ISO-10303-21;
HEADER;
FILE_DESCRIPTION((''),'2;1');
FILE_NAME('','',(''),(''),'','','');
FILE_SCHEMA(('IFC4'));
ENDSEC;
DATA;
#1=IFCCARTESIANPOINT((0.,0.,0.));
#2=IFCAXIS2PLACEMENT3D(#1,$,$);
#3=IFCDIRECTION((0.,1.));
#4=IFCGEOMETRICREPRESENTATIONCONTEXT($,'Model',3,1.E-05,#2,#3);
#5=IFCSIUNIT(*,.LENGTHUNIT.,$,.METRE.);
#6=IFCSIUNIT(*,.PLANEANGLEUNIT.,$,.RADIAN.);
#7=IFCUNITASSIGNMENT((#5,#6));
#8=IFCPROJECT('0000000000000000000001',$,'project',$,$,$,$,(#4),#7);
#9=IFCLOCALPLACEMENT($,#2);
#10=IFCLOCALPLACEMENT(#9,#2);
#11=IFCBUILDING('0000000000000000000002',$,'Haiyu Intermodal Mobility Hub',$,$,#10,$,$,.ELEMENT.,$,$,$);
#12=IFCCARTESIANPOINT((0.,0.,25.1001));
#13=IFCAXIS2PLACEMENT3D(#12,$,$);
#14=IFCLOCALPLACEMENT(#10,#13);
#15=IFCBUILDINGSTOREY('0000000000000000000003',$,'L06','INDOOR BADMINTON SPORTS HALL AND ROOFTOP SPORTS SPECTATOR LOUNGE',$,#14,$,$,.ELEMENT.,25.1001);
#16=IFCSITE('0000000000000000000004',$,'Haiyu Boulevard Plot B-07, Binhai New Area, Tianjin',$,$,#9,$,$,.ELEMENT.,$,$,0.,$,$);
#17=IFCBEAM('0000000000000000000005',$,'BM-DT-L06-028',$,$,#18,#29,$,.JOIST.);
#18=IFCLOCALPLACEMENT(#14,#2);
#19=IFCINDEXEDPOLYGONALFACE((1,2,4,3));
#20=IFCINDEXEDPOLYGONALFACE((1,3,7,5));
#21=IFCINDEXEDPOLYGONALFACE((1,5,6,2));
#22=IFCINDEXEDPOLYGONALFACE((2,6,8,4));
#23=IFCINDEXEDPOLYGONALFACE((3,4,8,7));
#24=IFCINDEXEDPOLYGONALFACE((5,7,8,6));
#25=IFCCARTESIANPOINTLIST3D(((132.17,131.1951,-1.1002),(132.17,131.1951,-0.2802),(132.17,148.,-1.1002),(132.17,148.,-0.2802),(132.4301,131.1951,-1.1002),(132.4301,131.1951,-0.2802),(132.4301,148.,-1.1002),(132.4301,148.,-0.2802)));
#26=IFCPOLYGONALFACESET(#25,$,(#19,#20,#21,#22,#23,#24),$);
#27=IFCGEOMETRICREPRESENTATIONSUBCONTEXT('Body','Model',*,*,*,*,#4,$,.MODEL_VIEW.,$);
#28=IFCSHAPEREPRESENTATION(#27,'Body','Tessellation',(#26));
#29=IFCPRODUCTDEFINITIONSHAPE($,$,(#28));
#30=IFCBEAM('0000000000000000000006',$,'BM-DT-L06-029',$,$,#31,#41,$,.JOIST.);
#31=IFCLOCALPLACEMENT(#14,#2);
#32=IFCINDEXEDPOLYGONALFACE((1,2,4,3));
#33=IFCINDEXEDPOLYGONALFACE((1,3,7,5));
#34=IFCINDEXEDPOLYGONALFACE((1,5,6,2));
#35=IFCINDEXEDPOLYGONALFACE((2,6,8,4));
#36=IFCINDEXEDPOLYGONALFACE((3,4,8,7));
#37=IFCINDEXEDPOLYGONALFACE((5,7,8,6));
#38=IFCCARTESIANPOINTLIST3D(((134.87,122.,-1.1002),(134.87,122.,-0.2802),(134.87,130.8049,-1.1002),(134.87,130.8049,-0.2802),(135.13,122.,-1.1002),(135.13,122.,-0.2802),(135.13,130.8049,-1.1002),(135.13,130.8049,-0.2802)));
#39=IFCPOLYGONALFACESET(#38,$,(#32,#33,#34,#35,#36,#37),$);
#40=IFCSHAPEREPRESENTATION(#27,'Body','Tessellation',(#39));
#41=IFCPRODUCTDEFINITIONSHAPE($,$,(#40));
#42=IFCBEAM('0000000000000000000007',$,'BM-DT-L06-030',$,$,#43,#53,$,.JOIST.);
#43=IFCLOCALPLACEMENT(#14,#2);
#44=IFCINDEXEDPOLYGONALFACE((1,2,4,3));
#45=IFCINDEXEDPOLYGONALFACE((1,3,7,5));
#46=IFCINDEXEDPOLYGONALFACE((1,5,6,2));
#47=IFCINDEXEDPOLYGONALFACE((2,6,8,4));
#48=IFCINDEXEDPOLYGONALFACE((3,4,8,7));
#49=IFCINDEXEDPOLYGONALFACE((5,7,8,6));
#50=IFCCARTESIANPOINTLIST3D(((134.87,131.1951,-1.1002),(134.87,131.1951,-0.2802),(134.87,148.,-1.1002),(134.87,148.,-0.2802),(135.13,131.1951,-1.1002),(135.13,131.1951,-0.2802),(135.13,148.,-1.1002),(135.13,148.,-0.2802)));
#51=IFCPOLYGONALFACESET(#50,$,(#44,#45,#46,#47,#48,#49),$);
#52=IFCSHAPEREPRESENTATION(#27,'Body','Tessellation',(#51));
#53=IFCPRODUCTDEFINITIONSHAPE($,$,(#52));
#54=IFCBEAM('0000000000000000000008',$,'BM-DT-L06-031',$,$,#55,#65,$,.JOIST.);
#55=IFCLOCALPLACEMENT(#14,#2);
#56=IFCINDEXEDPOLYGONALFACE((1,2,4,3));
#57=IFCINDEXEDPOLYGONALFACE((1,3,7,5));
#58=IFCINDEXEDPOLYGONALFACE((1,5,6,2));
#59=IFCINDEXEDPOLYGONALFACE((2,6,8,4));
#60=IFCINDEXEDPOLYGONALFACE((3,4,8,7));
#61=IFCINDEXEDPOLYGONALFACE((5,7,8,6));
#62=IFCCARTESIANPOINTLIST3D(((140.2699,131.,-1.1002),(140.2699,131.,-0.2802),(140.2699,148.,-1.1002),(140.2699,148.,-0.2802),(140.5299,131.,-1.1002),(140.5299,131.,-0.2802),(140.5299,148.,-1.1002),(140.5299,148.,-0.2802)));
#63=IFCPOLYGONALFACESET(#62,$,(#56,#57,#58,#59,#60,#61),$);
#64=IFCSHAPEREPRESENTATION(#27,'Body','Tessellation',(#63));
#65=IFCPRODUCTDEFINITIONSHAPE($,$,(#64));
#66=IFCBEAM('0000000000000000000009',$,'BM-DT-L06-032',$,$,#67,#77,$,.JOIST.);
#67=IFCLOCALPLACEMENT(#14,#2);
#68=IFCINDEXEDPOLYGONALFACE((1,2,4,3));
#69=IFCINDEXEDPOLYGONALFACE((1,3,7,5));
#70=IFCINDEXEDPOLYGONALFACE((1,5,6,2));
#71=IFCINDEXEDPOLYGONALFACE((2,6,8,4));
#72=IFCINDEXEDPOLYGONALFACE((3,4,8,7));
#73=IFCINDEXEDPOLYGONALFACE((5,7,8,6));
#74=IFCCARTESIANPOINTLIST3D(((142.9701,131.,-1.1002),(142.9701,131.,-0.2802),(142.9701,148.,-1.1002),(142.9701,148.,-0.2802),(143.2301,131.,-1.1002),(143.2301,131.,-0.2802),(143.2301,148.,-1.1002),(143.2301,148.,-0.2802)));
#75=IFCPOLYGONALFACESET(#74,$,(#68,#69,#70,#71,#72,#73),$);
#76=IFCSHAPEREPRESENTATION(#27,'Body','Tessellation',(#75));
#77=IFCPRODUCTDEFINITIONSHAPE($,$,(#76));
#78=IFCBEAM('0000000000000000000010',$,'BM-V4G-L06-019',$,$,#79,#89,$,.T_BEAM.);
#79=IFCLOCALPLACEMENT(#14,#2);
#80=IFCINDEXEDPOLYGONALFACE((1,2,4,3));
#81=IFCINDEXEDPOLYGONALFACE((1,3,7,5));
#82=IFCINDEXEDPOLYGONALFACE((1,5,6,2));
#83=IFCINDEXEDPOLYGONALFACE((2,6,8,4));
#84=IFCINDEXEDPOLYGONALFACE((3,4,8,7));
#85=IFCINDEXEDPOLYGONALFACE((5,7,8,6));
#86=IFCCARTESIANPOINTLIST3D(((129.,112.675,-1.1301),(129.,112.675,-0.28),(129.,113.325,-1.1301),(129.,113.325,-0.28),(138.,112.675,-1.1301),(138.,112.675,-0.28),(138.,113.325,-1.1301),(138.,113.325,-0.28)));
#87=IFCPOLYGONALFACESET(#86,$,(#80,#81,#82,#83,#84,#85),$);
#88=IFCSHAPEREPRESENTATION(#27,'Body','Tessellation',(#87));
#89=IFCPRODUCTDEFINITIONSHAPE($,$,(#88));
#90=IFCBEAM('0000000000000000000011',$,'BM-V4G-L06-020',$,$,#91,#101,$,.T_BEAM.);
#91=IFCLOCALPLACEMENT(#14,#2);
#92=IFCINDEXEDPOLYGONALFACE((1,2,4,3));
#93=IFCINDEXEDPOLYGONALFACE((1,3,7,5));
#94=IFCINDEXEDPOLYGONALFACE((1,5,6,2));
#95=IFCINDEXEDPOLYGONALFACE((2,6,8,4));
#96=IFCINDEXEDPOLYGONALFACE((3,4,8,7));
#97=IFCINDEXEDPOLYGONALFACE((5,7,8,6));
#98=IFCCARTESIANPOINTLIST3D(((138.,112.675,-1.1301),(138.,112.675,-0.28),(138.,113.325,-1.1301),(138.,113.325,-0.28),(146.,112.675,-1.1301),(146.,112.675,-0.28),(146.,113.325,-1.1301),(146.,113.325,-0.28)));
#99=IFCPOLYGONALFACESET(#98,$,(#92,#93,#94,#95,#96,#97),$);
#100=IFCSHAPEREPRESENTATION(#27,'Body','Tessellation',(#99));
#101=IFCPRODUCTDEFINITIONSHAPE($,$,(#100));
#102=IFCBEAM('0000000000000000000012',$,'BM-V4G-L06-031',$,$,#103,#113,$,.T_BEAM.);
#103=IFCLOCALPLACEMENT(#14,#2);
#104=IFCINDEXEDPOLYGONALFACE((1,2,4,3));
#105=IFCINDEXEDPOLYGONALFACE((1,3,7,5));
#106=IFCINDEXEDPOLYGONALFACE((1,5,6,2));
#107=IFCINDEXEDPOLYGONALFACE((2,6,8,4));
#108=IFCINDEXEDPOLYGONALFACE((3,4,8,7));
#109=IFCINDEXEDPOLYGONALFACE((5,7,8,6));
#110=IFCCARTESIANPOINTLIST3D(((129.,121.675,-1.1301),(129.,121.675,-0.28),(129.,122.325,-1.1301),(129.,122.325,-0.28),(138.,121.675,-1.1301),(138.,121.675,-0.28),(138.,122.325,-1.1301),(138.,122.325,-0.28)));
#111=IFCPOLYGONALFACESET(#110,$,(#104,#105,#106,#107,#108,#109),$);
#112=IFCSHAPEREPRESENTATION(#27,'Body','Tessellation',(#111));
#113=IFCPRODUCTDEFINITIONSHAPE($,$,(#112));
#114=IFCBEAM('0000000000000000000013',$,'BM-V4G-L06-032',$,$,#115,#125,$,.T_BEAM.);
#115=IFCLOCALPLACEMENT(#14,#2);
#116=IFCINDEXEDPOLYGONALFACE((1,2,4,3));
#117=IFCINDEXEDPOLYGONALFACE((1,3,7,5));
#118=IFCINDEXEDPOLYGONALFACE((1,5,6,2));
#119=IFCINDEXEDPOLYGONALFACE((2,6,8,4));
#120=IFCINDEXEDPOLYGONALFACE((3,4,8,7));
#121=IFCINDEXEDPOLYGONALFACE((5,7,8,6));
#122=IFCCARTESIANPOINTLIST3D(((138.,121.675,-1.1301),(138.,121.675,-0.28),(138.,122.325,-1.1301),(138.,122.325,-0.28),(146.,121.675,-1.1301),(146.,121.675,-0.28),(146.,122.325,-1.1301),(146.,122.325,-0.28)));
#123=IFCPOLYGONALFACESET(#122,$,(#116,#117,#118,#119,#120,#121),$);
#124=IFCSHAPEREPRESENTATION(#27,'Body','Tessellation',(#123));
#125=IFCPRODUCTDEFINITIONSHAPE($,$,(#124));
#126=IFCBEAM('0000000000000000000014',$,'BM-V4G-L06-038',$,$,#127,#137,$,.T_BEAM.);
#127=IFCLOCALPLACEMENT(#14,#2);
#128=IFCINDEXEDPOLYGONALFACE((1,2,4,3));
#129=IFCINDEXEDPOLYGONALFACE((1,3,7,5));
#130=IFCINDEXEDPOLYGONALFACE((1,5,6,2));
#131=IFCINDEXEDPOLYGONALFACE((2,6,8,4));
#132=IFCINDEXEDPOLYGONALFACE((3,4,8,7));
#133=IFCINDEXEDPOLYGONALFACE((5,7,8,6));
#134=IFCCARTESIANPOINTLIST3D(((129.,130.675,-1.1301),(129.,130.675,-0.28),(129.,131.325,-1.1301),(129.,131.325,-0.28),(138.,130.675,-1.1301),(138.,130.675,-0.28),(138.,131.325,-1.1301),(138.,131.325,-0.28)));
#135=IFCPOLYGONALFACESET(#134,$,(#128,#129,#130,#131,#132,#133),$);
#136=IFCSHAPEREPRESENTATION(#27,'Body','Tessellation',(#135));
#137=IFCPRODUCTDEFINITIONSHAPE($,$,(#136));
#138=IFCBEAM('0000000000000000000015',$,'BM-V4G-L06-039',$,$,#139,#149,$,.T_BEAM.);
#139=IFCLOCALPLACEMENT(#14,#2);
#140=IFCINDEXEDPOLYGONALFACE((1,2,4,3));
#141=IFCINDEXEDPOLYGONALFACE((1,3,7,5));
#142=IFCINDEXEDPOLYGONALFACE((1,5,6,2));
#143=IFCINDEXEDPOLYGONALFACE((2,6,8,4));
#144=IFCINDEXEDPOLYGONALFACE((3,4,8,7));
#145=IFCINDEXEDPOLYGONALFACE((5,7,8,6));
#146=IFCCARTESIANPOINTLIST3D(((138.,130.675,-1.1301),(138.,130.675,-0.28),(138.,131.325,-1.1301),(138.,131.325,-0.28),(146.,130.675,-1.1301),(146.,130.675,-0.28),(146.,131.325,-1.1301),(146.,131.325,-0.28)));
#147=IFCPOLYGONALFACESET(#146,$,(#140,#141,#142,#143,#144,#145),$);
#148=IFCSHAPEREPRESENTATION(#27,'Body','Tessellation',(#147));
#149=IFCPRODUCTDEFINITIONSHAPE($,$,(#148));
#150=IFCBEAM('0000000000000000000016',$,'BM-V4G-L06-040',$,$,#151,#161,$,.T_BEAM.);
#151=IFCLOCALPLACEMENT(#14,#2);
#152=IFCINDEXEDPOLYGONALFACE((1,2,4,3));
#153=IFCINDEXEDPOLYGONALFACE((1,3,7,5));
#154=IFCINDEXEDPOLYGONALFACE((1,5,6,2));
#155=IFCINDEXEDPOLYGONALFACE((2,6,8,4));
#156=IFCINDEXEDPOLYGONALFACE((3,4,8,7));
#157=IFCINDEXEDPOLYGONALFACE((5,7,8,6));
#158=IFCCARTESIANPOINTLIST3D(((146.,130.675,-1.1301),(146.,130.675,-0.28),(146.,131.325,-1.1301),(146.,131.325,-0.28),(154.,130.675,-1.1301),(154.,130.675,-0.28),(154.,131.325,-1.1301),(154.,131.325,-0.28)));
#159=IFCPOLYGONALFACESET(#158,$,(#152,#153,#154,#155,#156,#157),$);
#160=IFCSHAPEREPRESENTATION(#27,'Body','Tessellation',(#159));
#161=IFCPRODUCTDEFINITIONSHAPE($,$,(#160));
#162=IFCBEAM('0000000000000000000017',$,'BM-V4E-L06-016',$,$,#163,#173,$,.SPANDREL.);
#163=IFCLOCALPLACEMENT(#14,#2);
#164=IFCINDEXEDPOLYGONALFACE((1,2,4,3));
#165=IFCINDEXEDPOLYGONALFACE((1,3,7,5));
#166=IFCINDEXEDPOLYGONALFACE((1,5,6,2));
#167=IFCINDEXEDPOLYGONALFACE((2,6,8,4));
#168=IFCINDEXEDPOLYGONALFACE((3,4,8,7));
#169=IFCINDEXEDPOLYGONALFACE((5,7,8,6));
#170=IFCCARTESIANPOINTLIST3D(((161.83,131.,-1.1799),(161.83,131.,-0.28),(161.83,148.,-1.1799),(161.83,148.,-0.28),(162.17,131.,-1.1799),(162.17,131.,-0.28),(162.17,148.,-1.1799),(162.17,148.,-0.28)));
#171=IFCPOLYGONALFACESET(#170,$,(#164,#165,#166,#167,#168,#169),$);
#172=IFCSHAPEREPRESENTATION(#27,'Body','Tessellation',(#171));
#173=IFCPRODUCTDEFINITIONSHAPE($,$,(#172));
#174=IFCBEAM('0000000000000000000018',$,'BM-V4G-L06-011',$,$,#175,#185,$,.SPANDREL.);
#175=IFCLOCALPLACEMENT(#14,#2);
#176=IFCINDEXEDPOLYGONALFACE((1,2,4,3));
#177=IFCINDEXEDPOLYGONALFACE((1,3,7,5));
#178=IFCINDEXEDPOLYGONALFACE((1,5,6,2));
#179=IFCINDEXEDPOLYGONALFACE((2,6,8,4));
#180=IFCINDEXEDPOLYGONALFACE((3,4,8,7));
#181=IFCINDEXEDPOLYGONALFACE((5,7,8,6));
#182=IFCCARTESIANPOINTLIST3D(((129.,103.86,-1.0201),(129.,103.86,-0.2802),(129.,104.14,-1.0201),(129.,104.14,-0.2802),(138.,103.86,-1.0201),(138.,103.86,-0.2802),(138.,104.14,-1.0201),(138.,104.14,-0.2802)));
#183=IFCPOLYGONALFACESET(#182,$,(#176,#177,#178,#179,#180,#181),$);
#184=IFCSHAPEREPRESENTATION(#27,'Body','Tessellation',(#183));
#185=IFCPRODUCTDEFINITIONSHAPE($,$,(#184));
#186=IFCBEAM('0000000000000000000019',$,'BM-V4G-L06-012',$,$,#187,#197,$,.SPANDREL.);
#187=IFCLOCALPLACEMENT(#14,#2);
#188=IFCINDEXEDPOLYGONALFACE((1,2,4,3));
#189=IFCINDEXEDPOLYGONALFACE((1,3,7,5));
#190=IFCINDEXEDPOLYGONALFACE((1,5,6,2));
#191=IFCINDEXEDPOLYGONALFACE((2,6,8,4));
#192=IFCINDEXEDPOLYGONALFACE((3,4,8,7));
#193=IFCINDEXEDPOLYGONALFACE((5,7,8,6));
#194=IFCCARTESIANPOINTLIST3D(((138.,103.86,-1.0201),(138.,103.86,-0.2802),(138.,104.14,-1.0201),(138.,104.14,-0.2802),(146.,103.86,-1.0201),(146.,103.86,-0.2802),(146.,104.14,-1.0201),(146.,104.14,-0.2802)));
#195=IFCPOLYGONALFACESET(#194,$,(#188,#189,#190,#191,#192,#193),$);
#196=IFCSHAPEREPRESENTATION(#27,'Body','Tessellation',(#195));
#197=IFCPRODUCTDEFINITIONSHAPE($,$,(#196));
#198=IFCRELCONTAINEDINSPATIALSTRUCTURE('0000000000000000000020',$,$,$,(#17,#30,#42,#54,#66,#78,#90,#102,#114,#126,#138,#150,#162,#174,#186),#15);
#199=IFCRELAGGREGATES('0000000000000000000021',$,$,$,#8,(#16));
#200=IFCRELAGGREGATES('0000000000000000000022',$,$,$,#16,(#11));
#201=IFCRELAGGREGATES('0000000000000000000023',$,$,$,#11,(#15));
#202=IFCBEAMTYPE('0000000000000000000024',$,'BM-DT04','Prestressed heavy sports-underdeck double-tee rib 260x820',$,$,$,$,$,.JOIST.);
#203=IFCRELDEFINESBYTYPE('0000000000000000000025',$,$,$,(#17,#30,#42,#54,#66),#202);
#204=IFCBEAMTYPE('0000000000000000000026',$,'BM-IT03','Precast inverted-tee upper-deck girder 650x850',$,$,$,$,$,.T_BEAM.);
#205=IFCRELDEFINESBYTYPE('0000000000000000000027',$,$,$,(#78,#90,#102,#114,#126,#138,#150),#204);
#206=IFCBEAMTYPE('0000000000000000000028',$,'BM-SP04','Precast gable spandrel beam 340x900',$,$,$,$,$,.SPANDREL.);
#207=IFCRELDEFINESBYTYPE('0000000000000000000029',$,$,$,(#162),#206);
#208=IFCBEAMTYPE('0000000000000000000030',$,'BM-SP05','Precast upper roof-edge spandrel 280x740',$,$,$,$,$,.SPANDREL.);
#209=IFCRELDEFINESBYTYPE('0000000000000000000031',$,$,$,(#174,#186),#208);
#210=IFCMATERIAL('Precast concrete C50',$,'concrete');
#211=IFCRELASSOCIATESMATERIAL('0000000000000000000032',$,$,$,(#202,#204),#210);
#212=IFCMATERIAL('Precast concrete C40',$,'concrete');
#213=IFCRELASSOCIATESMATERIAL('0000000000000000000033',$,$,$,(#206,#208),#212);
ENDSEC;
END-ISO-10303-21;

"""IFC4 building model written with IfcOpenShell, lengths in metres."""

from ifc_helpers import new_model, si_unit, direction, frame, origin, origin_2d, place, context, subcontext, project, spatial, rectangle, extrude, material, material_profile, profile_set, type_object, element, save


model = new_model("IFC4")

# Units and contexts
model_context = context("Model", 3, precision=1e-05, world=origin(), true_north=direction((0.0, 1.0)))
body_context = subcontext(model_context, "Body", "Model", "MODEL_VIEW")
ifc_project = project(units=[si_unit("LENGTHUNIT", "METRE"), si_unit("PLANEANGLEUNIT", "RADIAN")], contexts=[model_context])

# Site, building, storey
site_placement = place(None, origin())
site = spatial("IfcSite", under=ifc_project, at=site_placement, Name="Haiyu Boulevard Plot B-07, Binhai New Area, Tianjin", CompositionType="ELEMENT", RefElevation=0.0)
building_placement = place(site_placement, origin())
building = spatial("IfcBuilding", under=site, at=building_placement, Name="Haiyu Intermodal Mobility Hub", CompositionType="ELEMENT")
storey_placement = place(building_placement, frame((0.0, 0.0, 25.1001)))
storey = spatial("IfcBuildingStorey", under=building, at=storey_placement, Name="L06", Description="INDOOR BADMINTON SPORTS HALL AND ROOFTOP SPORTS SPECTATOR LOUNGE", CompositionType="ELEMENT", Elevation=25.1001)

# Beams
ifc_material_1 = material(Name="Precast concrete C50", Category="concrete")
ifc_material_profile_1 = material_profile(ifc_material_1, rectangle(XDim=0.26, YDim=0.8201, at=origin_2d()), Name="PC260x820")
ifc_profile_set_1 = profile_set([ifc_material_profile_1], Name="Precast concrete C50")
beam_type_1 = type_object("IfcBeamType", Name="BM-DT04", Description="Prestressed heavy sports-underdeck double-tee rib 260x820", PredefinedType="JOIST", material=ifc_profile_set_1)
beam_1_placement = place(storey_placement, frame((132.3, 131.1951, -0.6902), z_axis=(0.0, 1.0, 0.0), x_axis=(-1.0, 0.0, 0.0)))
element("IfcBeam", 1, at=beam_1_placement, inside=storey, type_object=beam_type_1, Name="BM-DT-L06-028", PredefinedType="JOIST", context=body_context, shape_type="SweptSolid", body=[
    extrude(rectangle(XDim=0.26, YDim=0.8201, at=origin_2d()), origin(), (0.0, 0.0, 1.0), 16.8049),
])
beam_2_placement = place(storey_placement, frame((135.0, 122.0, -0.6902), z_axis=(0.0, 1.0, 0.0), x_axis=(-1.0, 0.0, 0.0)))
element("IfcBeam", 2, at=beam_2_placement, inside=storey, type_object=beam_type_1, Name="BM-DT-L06-029", PredefinedType="JOIST", context=body_context, shape_type="SweptSolid", body=[
    extrude(rectangle(XDim=0.26, YDim=0.8201, at=origin_2d()), origin(), (0.0, 0.0, 1.0), 8.8049),
])
beam_3_placement = place(storey_placement, frame((135.0, 131.1951, -0.6902), z_axis=(0.0, 1.0, 0.0), x_axis=(-1.0, 0.0, 0.0)))
element("IfcBeam", 3, at=beam_3_placement, inside=storey, type_object=beam_type_1, Name="BM-DT-L06-030", PredefinedType="JOIST", context=body_context, shape_type="SweptSolid", body=[
    extrude(rectangle(XDim=0.26, YDim=0.8201, at=origin_2d()), origin(), (0.0, 0.0, 1.0), 16.8049),
])
for number, where, z_axis, x_axis, name in (
    (4, (140.3999, 131.0, -0.6902), (0.0, 1.0, 0.0), (-1.0, 0.0, 0.0), "BM-DT-L06-031"),
    (5, (143.1001, 131.0, -0.6902), (0.0, 1.0, 0.0), (-1.0, 0.0, 0.0), "BM-DT-L06-032"),
):
    element("IfcBeam", number, at=place(storey_placement, frame(where, z_axis=z_axis, x_axis=x_axis)), inside=storey, type_object=beam_type_1, Name=name, PredefinedType="JOIST", context=body_context, shape_type="SweptSolid", body=[
        extrude(rectangle(XDim=0.26, YDim=0.8201, at=origin_2d()), origin(), (0.0, 0.0, 1.0), 17.0),
    ])
ifc_material_profile_2 = material_profile(ifc_material_1, rectangle(XDim=0.6499, YDim=0.8501, at=origin_2d()), Name="PC650x850")
ifc_profile_set_2 = profile_set([ifc_material_profile_2], Name="Precast concrete C50")
beam_type_2 = type_object("IfcBeamType", Name="BM-IT03", Description="Precast inverted-tee upper-deck girder 650x850", PredefinedType="T_BEAM", material=ifc_profile_set_2)
beam_4_placement = place(storey_placement, frame((129.0, 113.0, -0.7051), z_axis=(1.0, 0.0, 0.0), x_axis=(0.0, 1.0, 0.0)))
element("IfcBeam", 6, at=beam_4_placement, inside=storey, type_object=beam_type_2, Name="BM-V4G-L06-019", PredefinedType="T_BEAM", context=body_context, shape_type="SweptSolid", body=[
    extrude(rectangle(XDim=0.6499, YDim=0.8501, at=origin_2d()), origin(), (0.0, 0.0, 1.0), 9.0),
])
beam_5_placement = place(storey_placement, frame((138.0, 113.0, -0.7051), z_axis=(1.0, 0.0, 0.0), x_axis=(0.0, 1.0, 0.0)))
element("IfcBeam", 7, at=beam_5_placement, inside=storey, type_object=beam_type_2, Name="BM-V4G-L06-020", PredefinedType="T_BEAM", context=body_context, shape_type="SweptSolid", body=[
    extrude(rectangle(XDim=0.6499, YDim=0.8501, at=origin_2d()), origin(), (0.0, 0.0, 1.0), 8.0),
])
beam_6_placement = place(storey_placement, frame((129.0, 122.0, -0.7051), z_axis=(1.0, 0.0, 0.0), x_axis=(0.0, 1.0, 0.0)))
element("IfcBeam", 8, at=beam_6_placement, inside=storey, type_object=beam_type_2, Name="BM-V4G-L06-031", PredefinedType="T_BEAM", context=body_context, shape_type="SweptSolid", body=[
    extrude(rectangle(XDim=0.6499, YDim=0.8501, at=origin_2d()), origin(), (0.0, 0.0, 1.0), 9.0),
])
beam_7_placement = place(storey_placement, frame((138.0, 122.0, -0.7051), z_axis=(1.0, 0.0, 0.0), x_axis=(0.0, 1.0, 0.0)))
element("IfcBeam", 9, at=beam_7_placement, inside=storey, type_object=beam_type_2, Name="BM-V4G-L06-032", PredefinedType="T_BEAM", context=body_context, shape_type="SweptSolid", body=[
    extrude(rectangle(XDim=0.6499, YDim=0.8501, at=origin_2d()), origin(), (0.0, 0.0, 1.0), 8.0),
])
beam_8_placement = place(storey_placement, frame((129.0, 131.0, -0.7051), z_axis=(1.0, 0.0, 0.0), x_axis=(0.0, 1.0, 0.0)))
element("IfcBeam", 10, at=beam_8_placement, inside=storey, type_object=beam_type_2, Name="BM-V4G-L06-038", PredefinedType="T_BEAM", context=body_context, shape_type="SweptSolid", body=[
    extrude(rectangle(XDim=0.6499, YDim=0.8501, at=origin_2d()), origin(), (0.0, 0.0, 1.0), 9.0),
])
for number, where, z_axis, x_axis, name in (
    (11, (138.0, 131.0, -0.7051), (1.0, 0.0, 0.0), (0.0, 1.0, 0.0), "BM-V4G-L06-039"),
    (12, (146.0, 131.0, -0.7051), (1.0, 0.0, 0.0), (0.0, 1.0, 0.0), "BM-V4G-L06-040"),
):
    element("IfcBeam", number, at=place(storey_placement, frame(where, z_axis=z_axis, x_axis=x_axis)), inside=storey, type_object=beam_type_2, Name=name, PredefinedType="T_BEAM", context=body_context, shape_type="SweptSolid", body=[
        extrude(rectangle(XDim=0.6499, YDim=0.8501, at=origin_2d()), origin(), (0.0, 0.0, 1.0), 8.0),
    ])
ifc_material_2 = material(Name="Precast concrete C40", Category="concrete")
ifc_material_profile_3 = material_profile(ifc_material_2, rectangle(XDim=0.3401, YDim=0.8999, at=origin_2d()), Name="B340x900")
ifc_profile_set_3 = profile_set([ifc_material_profile_3], Name="Precast concrete C40")
beam_type_3 = type_object("IfcBeamType", Name="BM-SP04", Description="Precast gable spandrel beam 340x900", PredefinedType="SPANDREL", material=ifc_profile_set_3)
beam_9_placement = place(storey_placement, frame((162.0, 131.0, -0.73), z_axis=(0.0, 1.0, 0.0), x_axis=(-1.0, 0.0, 0.0)))
element("IfcBeam", 13, at=beam_9_placement, inside=storey, type_object=beam_type_3, Name="BM-V4E-L06-016", PredefinedType="SPANDREL", context=body_context, shape_type="SweptSolid", body=[
    extrude(rectangle(XDim=0.3401, YDim=0.8999, at=origin_2d()), origin(), (0.0, 0.0, 1.0), 17.0),
])
ifc_material_profile_4 = material_profile(ifc_material_2, rectangle(XDim=0.28, YDim=0.74, at=origin_2d()), Name="B280x740")
ifc_profile_set_4 = profile_set([ifc_material_profile_4], Name="Precast concrete C40")
beam_type_4 = type_object("IfcBeamType", Name="BM-SP05", Description="Precast upper roof-edge spandrel 280x740", PredefinedType="SPANDREL", material=ifc_profile_set_4)
beam_10_placement = place(storey_placement, frame((129.0, 104.0, -0.6501), z_axis=(1.0, 0.0, 0.0), x_axis=(0.0, 1.0, 0.0)))
element("IfcBeam", 14, at=beam_10_placement, inside=storey, type_object=beam_type_4, Name="BM-V4G-L06-011", PredefinedType="SPANDREL", context=body_context, shape_type="SweptSolid", body=[
    extrude(rectangle(XDim=0.28, YDim=0.74, at=origin_2d()), origin(), (0.0, 0.0, 1.0), 9.0),
])
beam_11_placement = place(storey_placement, frame((138.0, 104.0, -0.6501), z_axis=(1.0, 0.0, 0.0), x_axis=(0.0, 1.0, 0.0)))
element("IfcBeam", 15, at=beam_11_placement, inside=storey, type_object=beam_type_4, Name="BM-V4G-L06-012", PredefinedType="SPANDREL", context=body_context, shape_type="SweptSolid", body=[
    extrude(rectangle(XDim=0.28, YDim=0.74, at=origin_2d()), origin(), (0.0, 0.0, 1.0), 8.0),
])

save(model, "model.ifc")
